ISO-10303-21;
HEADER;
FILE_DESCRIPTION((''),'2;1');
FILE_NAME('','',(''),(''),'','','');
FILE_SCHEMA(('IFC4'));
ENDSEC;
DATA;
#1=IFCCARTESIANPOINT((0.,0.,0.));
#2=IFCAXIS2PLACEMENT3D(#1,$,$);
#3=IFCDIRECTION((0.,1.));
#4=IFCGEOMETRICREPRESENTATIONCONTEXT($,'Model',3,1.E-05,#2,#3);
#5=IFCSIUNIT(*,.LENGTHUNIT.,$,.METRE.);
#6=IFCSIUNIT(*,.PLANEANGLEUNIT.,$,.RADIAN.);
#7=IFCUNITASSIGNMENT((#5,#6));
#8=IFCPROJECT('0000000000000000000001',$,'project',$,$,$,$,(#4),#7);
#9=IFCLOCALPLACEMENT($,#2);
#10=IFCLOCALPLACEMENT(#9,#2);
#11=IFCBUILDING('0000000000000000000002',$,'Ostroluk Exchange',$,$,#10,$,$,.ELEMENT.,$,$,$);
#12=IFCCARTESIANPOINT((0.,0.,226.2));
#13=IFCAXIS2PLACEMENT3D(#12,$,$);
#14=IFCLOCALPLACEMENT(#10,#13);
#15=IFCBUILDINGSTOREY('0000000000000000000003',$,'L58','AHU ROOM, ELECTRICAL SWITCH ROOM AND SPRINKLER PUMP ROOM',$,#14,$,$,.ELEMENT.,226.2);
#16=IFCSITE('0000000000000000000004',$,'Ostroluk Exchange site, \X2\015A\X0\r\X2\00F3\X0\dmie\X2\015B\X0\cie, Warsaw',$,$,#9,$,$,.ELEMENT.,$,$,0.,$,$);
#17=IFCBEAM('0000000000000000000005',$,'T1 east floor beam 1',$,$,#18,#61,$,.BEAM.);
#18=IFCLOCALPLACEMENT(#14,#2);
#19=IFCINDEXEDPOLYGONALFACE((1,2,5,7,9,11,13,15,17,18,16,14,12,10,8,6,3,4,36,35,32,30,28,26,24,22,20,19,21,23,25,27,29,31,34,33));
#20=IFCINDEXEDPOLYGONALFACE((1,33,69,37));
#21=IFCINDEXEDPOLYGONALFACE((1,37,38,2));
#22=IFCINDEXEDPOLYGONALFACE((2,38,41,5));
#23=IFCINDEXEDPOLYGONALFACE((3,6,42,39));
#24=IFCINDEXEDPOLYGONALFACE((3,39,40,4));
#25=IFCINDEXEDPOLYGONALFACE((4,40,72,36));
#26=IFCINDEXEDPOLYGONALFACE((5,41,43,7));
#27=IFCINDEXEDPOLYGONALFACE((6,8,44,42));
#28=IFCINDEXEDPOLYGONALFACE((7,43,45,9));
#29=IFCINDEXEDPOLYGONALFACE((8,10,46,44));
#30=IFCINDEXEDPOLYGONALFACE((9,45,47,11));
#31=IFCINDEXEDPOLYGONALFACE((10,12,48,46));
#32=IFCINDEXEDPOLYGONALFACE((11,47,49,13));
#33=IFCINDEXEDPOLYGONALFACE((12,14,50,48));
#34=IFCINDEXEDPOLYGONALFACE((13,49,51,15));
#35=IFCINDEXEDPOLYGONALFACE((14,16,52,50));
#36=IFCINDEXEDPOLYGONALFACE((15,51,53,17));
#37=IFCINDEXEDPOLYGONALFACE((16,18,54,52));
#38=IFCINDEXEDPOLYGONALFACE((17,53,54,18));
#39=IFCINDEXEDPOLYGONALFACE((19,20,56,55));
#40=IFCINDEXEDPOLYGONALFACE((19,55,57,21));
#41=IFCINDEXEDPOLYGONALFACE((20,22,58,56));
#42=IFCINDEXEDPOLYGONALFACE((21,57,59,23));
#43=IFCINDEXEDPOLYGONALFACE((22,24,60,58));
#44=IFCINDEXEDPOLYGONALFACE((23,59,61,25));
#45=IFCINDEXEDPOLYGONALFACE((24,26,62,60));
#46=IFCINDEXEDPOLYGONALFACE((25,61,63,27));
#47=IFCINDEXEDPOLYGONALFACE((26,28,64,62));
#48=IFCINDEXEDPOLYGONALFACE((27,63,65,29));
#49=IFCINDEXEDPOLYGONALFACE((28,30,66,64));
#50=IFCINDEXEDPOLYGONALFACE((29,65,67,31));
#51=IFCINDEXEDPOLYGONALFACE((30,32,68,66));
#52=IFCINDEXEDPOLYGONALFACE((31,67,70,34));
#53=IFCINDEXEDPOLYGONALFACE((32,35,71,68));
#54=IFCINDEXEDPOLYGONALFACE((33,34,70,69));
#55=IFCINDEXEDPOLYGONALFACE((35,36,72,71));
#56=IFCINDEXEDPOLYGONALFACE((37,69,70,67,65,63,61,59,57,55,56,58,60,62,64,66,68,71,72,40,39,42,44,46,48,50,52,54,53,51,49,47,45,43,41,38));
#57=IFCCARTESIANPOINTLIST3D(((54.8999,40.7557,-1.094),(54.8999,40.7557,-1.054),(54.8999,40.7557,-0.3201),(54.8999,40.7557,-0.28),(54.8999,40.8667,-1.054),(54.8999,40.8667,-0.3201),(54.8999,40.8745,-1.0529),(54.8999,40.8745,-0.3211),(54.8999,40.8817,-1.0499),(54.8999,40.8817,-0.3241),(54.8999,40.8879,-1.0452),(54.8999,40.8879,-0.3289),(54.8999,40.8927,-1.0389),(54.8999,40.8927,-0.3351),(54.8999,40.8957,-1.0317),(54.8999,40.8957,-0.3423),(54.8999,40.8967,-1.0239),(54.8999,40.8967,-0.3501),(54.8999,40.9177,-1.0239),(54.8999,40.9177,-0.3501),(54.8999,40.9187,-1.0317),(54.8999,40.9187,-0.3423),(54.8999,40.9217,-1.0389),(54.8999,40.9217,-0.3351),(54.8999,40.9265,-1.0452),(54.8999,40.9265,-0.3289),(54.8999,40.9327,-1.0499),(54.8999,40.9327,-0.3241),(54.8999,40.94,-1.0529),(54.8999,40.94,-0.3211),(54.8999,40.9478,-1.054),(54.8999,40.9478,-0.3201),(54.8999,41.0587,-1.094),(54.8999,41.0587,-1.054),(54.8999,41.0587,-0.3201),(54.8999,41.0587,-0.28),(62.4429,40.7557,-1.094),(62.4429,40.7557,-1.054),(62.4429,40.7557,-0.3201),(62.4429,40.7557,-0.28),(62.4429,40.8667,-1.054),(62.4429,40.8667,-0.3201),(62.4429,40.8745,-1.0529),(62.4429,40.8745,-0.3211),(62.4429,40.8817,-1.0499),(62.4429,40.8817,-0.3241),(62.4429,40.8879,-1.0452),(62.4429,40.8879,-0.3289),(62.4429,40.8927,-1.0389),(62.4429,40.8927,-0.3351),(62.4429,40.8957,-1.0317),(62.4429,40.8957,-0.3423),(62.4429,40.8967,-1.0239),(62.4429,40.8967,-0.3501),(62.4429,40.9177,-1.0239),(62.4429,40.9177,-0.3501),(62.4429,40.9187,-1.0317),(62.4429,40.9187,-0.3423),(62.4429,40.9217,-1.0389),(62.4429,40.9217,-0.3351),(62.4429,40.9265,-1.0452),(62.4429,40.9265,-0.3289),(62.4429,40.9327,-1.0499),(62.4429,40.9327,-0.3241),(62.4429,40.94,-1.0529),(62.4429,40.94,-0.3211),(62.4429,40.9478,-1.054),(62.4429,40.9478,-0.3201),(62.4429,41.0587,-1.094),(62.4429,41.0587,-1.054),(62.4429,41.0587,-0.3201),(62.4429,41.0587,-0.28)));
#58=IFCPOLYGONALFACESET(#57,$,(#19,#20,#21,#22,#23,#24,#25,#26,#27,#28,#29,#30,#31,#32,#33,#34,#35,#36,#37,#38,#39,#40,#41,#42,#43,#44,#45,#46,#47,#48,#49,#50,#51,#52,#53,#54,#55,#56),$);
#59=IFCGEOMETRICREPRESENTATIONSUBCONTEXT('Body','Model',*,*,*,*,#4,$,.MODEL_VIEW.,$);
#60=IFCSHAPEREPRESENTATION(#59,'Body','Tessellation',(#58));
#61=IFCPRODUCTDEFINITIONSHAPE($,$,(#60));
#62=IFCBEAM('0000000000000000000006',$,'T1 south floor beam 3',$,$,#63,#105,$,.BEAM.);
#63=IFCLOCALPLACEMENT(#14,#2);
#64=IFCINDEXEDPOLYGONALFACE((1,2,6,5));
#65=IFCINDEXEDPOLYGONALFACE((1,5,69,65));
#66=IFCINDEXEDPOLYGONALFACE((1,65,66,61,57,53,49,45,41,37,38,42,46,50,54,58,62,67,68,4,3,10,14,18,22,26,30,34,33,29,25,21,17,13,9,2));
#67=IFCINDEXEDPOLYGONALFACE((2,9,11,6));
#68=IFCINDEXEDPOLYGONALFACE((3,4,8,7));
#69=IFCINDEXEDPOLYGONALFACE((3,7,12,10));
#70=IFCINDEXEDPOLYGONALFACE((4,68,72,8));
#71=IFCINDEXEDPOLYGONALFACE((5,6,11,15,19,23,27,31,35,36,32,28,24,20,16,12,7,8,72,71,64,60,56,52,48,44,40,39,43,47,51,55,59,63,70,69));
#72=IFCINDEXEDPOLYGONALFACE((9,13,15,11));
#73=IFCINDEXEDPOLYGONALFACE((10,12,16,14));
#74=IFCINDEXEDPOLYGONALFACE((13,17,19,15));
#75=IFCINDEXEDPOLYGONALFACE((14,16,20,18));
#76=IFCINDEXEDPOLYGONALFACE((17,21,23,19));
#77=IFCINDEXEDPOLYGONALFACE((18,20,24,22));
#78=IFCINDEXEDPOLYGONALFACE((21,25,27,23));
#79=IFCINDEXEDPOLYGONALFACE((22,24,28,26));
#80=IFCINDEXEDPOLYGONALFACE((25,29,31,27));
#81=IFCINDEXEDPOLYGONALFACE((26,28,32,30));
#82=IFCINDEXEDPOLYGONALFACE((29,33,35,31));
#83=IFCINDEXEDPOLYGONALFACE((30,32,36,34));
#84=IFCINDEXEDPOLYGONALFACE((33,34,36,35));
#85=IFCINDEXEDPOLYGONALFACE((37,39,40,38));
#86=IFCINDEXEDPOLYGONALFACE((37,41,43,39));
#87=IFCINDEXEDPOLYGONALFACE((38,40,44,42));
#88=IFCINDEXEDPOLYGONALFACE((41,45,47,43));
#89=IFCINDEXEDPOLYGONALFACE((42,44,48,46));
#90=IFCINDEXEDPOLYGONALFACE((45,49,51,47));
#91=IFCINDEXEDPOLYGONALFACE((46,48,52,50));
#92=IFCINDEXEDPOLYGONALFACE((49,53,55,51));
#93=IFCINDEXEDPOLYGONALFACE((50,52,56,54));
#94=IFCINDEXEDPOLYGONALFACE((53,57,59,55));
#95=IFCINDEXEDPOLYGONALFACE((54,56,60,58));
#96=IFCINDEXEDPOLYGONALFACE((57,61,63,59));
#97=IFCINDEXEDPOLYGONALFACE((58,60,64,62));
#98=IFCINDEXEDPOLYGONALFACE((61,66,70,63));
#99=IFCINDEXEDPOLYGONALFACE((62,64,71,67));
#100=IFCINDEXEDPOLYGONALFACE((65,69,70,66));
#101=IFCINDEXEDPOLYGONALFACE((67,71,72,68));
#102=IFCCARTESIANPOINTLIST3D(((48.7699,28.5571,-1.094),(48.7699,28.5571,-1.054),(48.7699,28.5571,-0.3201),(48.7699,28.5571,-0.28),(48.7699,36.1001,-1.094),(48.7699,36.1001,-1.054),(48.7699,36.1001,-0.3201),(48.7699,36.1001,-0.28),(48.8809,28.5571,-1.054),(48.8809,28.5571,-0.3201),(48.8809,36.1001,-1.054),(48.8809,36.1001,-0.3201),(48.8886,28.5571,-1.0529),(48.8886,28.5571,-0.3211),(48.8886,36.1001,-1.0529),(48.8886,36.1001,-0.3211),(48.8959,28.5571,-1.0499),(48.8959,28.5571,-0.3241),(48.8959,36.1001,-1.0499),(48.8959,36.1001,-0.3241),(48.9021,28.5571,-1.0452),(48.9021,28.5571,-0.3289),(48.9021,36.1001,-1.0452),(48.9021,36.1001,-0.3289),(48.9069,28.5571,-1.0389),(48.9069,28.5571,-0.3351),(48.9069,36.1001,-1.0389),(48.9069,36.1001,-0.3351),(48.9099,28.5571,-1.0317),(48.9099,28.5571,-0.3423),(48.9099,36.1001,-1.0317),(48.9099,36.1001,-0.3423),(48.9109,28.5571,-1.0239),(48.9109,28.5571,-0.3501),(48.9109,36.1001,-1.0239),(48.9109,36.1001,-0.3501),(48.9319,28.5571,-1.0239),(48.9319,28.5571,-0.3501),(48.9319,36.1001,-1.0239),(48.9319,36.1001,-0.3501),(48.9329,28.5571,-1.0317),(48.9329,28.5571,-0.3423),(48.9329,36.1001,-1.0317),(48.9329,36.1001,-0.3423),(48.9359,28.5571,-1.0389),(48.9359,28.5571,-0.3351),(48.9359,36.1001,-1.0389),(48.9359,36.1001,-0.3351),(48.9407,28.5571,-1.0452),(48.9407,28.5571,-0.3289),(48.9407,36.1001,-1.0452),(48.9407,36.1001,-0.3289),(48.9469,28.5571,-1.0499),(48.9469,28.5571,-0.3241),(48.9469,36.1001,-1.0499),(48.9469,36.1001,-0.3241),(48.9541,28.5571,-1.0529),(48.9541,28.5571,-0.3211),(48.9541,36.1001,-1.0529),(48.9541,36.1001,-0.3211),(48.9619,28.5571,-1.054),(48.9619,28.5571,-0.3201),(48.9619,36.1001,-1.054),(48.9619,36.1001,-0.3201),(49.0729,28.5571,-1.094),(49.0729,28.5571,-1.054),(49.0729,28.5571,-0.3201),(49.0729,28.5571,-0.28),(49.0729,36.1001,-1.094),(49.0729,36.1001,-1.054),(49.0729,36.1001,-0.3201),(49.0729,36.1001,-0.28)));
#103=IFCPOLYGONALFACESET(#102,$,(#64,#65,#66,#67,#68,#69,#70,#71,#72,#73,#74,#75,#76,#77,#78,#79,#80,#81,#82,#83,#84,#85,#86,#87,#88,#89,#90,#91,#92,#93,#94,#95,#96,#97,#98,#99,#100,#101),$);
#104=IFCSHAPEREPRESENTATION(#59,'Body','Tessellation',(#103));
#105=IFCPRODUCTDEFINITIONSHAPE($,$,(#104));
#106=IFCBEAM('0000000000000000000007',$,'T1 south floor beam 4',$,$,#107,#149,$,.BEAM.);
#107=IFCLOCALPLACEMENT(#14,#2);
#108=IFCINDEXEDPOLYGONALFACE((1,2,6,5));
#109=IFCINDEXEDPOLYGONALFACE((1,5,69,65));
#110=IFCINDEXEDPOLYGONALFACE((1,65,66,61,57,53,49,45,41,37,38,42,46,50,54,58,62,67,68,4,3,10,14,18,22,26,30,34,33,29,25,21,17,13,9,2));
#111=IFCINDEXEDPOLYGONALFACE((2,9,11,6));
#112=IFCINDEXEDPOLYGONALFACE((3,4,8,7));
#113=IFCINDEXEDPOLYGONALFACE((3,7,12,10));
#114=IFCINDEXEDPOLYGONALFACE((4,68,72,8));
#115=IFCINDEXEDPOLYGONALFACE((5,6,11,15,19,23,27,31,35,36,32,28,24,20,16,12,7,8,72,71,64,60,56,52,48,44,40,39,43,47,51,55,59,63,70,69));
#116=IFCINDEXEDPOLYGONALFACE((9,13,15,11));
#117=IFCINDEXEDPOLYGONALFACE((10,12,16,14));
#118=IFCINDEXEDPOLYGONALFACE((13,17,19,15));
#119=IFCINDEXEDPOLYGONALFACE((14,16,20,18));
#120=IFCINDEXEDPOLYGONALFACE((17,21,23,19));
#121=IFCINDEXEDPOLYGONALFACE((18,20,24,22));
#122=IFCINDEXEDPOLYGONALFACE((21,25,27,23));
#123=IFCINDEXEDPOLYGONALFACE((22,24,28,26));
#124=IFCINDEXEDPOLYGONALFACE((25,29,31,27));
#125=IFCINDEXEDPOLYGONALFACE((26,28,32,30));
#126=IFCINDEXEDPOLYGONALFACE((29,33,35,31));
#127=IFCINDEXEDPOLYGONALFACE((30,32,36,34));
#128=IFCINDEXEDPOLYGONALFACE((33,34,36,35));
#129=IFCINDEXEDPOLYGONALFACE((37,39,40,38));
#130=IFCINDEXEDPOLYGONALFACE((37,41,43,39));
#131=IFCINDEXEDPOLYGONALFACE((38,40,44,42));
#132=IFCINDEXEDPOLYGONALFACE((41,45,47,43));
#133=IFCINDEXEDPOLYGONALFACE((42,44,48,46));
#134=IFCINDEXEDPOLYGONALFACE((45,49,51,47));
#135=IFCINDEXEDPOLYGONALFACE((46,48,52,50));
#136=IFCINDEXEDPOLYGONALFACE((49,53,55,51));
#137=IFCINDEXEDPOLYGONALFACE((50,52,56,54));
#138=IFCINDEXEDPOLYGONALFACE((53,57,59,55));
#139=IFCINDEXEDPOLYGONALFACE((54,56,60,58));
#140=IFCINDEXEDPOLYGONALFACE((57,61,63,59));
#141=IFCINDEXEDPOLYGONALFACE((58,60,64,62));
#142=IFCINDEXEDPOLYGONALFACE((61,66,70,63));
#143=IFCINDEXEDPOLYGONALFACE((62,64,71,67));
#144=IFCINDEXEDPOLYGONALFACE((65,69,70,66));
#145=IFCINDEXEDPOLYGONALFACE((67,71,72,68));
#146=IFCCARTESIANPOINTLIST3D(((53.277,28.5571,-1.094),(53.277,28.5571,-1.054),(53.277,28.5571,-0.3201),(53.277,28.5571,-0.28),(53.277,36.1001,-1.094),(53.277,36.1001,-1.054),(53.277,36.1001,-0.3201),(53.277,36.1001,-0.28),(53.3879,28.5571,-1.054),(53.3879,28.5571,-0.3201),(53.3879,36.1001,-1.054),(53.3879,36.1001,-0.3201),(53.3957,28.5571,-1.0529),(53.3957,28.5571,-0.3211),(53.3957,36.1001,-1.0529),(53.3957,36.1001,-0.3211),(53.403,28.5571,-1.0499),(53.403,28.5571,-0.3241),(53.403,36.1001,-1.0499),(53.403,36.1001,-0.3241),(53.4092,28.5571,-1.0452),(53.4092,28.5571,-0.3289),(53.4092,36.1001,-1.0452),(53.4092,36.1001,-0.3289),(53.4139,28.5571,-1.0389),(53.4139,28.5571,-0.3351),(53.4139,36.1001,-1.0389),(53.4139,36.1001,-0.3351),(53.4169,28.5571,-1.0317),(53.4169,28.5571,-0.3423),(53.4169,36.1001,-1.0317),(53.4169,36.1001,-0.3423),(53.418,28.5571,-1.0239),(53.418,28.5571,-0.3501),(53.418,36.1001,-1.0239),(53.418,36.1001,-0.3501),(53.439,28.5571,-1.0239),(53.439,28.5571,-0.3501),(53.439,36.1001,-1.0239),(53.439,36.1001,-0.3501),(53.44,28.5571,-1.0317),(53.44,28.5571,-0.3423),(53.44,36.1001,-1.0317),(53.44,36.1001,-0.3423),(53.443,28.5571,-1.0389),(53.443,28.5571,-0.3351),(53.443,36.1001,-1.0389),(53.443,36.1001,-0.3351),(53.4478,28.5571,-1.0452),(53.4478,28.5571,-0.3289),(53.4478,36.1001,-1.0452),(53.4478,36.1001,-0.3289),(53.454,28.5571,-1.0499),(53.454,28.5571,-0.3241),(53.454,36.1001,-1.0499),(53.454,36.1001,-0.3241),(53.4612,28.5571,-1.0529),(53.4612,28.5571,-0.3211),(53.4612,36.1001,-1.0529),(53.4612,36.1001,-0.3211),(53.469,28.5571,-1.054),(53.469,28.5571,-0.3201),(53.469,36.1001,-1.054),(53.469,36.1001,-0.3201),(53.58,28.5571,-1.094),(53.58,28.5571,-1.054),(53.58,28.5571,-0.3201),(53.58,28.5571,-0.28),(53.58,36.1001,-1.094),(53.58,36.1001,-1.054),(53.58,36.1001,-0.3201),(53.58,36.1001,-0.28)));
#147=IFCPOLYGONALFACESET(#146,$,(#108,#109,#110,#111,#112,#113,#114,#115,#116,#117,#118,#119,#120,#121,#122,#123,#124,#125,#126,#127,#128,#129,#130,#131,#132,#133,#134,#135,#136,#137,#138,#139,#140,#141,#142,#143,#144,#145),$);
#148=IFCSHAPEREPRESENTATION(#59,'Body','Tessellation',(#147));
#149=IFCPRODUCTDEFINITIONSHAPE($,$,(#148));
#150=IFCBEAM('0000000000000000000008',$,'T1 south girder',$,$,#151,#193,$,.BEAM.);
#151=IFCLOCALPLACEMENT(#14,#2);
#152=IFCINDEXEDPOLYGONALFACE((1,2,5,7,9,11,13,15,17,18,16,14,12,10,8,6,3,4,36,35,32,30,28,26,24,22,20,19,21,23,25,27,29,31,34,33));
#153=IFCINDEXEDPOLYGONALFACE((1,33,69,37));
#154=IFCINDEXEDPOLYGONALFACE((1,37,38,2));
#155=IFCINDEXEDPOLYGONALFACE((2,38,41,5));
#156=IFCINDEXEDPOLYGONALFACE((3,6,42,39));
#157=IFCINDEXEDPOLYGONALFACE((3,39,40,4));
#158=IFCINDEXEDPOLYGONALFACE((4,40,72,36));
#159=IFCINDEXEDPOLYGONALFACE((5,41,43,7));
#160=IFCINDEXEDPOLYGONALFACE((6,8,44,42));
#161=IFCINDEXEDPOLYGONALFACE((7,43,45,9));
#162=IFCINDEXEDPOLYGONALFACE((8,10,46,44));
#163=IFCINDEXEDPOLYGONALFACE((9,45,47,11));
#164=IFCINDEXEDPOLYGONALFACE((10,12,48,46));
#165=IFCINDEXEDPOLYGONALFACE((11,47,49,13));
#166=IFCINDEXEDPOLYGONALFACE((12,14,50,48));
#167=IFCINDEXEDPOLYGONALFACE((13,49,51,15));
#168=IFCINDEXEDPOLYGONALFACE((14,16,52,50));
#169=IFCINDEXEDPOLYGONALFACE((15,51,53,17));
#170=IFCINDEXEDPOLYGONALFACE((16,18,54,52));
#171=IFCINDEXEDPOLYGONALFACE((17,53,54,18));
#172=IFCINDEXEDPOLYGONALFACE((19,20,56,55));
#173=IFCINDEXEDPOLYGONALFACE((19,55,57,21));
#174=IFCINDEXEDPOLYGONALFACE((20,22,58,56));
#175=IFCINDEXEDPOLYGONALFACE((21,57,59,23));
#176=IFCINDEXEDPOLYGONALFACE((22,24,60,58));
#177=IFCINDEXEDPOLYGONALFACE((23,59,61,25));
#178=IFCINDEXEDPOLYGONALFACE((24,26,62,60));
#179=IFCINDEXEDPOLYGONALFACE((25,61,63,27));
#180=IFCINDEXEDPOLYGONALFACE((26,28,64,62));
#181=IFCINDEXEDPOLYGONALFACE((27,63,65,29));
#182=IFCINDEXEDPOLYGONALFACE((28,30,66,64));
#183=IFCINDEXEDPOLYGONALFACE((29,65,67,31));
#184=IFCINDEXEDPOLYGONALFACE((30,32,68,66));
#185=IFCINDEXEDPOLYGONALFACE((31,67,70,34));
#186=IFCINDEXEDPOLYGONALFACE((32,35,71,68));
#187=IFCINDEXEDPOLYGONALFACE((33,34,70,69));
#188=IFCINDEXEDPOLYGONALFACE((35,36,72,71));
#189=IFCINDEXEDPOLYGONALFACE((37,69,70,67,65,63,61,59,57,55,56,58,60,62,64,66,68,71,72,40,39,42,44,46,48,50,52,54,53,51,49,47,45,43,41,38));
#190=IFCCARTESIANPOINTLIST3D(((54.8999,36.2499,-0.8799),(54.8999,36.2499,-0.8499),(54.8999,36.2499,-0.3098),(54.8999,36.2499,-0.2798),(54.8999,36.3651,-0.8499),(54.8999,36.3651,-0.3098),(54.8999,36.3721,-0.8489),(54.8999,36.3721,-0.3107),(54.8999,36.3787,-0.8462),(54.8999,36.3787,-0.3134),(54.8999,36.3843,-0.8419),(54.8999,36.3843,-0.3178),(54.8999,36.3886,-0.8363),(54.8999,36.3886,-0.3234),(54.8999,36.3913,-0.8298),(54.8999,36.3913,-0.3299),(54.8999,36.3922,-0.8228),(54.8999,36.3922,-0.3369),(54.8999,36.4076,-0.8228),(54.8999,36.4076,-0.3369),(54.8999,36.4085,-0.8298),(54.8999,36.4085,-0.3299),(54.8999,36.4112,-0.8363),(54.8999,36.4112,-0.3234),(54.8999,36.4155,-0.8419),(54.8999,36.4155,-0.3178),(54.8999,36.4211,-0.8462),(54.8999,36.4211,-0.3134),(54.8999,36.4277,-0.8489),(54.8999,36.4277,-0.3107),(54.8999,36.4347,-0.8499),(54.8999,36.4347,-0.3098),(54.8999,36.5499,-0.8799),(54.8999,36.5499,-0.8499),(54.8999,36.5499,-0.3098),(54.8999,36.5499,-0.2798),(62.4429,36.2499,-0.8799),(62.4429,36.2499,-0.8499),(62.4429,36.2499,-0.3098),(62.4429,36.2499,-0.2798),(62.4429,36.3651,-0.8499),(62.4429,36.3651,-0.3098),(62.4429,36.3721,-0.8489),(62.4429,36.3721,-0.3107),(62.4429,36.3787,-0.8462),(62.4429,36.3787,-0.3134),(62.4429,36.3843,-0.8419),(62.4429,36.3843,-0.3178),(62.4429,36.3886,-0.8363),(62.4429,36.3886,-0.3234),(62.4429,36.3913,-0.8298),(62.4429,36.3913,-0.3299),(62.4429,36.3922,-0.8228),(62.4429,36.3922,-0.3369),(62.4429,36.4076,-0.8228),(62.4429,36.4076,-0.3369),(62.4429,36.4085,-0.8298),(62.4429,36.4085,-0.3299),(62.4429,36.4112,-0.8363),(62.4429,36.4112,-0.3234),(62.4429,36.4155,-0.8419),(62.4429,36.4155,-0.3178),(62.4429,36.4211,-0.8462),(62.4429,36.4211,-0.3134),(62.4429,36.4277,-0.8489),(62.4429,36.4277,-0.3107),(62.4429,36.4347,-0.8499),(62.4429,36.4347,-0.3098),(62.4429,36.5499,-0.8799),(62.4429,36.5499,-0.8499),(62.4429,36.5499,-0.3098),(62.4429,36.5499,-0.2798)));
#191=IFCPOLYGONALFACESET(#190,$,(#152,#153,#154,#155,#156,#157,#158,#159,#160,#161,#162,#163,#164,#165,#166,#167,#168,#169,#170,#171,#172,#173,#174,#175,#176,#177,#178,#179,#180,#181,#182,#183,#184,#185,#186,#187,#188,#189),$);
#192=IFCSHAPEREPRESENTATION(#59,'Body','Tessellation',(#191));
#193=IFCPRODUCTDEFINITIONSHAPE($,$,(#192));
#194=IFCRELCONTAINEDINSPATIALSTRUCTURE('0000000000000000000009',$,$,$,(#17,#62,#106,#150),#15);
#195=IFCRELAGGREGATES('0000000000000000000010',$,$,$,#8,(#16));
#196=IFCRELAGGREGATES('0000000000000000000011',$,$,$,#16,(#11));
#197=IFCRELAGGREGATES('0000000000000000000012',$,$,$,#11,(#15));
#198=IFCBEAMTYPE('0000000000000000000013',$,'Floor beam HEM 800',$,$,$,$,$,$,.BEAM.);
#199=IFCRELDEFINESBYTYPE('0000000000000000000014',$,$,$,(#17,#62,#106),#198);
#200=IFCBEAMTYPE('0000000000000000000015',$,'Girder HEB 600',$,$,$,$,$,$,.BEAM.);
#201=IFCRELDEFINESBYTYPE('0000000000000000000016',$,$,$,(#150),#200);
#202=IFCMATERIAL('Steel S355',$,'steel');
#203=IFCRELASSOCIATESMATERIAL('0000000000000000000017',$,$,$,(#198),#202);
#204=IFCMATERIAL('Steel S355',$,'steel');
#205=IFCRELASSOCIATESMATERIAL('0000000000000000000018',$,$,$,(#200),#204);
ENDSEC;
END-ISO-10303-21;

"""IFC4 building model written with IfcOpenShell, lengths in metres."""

from ifc_helpers import new_model, si_unit, direction, frame, origin, origin_2d, place, context, subcontext, project, spatial, i_section, extrude, material, material_profile, profile_set, type_object, element, save


model = new_model("IFC4")

# Units and contexts
model_context = context("Model", 3, precision=1e-05, world=origin(), true_north=direction((0.0, 1.0)))
body_context = subcontext(model_context, "Body", "Model", "MODEL_VIEW")
ifc_project = project(units=[si_unit("LENGTHUNIT", "METRE"), si_unit("PLANEANGLEUNIT", "RADIAN")], contexts=[model_context])

# Site, building, storey
site_placement = place(None, origin())
site = spatial("IfcSite", under=ifc_project, at=site_placement, Name="Ostroluk Exchange site, Śródmieście, Warsaw", CompositionType="ELEMENT", RefElevation=0.0)
building_placement = place(site_placement, origin())
building = spatial("IfcBuilding", under=site, at=building_placement, Name="Ostroluk Exchange", CompositionType="ELEMENT")
storey_placement = place(building_placement, frame((0.0, 0.0, 226.2)))
storey = spatial("IfcBuildingStorey", under=building, at=storey_placement, Name="L58", Description="AHU ROOM, ELECTRICAL SWITCH ROOM AND SPRINKLER PUMP ROOM", CompositionType="ELEMENT", Elevation=226.2)

# Beams
ifc_material_1 = material(Name="Steel S355", Category="steel")
ifc_material_profile_1 = material_profile(ifc_material_1, i_section(OverallWidth=0.303, OverallDepth=0.814, WebThickness=0.021, FlangeThickness=0.04, FilletRadius=0.03, at=origin_2d()), Name="HEM 800")
ifc_profile_set_1 = profile_set([ifc_material_profile_1], Name="Steel S355")
beam_type_1 = type_object("IfcBeamType", Name="Floor beam HEM 800", PredefinedType="BEAM", material=ifc_profile_set_1)
for number, where, z_axis, x_axis, name in (
    (1, (54.8999, 40.9072, -0.687), (1.0, 0.0, 0.0), (0.0, 1.0, 0.0), "T1 east floor beam 1"),
    (2, (48.9214, 36.1001, -0.687), (0.0, -1.0, 0.0), (1.0, 0.0, 0.0), "T1 south floor beam 3"),
    (3, (53.4285, 36.1001, -0.687), (0.0, -1.0, 0.0), (1.0, 0.0, 0.0), "T1 south floor beam 4"),
):
    element("IfcBeam", number, at=place(storey_placement, frame(where, z_axis=z_axis, x_axis=x_axis)), inside=storey, type_object=beam_type_1, Name=name, PredefinedType="BEAM", context=body_context, shape_type="SweptSolid", body=[
        extrude(i_section(OverallWidth=0.303, OverallDepth=0.814, WebThickness=0.021, FlangeThickness=0.04, FilletRadius=0.03, at=origin_2d()), origin(), (0.0, 0.0, 1.0), 7.543),
    ])
ifc_material_2 = material(Name="Steel S355", Category="steel")
ifc_material_profile_2 = material_profile(ifc_material_2, i_section(OverallWidth=0.3, OverallDepth=0.6001, WebThickness=0.0154, FlangeThickness=0.03, FilletRadius=0.0271, at=origin_2d()), Name="HEB 600")
ifc_profile_set_2 = profile_set([ifc_material_profile_2], Name="Steel S355")
beam_type_2 = type_object("IfcBeamType", Name="Girder HEB 600", PredefinedType="BEAM", material=ifc_profile_set_2)
beam_placement = place(storey_placement, frame((54.8999, 36.3999, -0.5798), z_axis=(1.0, 0.0, 0.0), x_axis=(0.0, 1.0, 0.0)))
element("IfcBeam", 4, at=beam_placement, inside=storey, type_object=beam_type_2, Name="T1 south girder", PredefinedType="BEAM", context=body_context, shape_type="SweptSolid", body=[
    extrude(i_section(OverallWidth=0.3, OverallDepth=0.6001, WebThickness=0.0154, FlangeThickness=0.03, FilletRadius=0.0271, at=origin_2d()), origin(), (0.0, 0.0, 1.0), 7.543),
])

save(model, "model.ifc")
